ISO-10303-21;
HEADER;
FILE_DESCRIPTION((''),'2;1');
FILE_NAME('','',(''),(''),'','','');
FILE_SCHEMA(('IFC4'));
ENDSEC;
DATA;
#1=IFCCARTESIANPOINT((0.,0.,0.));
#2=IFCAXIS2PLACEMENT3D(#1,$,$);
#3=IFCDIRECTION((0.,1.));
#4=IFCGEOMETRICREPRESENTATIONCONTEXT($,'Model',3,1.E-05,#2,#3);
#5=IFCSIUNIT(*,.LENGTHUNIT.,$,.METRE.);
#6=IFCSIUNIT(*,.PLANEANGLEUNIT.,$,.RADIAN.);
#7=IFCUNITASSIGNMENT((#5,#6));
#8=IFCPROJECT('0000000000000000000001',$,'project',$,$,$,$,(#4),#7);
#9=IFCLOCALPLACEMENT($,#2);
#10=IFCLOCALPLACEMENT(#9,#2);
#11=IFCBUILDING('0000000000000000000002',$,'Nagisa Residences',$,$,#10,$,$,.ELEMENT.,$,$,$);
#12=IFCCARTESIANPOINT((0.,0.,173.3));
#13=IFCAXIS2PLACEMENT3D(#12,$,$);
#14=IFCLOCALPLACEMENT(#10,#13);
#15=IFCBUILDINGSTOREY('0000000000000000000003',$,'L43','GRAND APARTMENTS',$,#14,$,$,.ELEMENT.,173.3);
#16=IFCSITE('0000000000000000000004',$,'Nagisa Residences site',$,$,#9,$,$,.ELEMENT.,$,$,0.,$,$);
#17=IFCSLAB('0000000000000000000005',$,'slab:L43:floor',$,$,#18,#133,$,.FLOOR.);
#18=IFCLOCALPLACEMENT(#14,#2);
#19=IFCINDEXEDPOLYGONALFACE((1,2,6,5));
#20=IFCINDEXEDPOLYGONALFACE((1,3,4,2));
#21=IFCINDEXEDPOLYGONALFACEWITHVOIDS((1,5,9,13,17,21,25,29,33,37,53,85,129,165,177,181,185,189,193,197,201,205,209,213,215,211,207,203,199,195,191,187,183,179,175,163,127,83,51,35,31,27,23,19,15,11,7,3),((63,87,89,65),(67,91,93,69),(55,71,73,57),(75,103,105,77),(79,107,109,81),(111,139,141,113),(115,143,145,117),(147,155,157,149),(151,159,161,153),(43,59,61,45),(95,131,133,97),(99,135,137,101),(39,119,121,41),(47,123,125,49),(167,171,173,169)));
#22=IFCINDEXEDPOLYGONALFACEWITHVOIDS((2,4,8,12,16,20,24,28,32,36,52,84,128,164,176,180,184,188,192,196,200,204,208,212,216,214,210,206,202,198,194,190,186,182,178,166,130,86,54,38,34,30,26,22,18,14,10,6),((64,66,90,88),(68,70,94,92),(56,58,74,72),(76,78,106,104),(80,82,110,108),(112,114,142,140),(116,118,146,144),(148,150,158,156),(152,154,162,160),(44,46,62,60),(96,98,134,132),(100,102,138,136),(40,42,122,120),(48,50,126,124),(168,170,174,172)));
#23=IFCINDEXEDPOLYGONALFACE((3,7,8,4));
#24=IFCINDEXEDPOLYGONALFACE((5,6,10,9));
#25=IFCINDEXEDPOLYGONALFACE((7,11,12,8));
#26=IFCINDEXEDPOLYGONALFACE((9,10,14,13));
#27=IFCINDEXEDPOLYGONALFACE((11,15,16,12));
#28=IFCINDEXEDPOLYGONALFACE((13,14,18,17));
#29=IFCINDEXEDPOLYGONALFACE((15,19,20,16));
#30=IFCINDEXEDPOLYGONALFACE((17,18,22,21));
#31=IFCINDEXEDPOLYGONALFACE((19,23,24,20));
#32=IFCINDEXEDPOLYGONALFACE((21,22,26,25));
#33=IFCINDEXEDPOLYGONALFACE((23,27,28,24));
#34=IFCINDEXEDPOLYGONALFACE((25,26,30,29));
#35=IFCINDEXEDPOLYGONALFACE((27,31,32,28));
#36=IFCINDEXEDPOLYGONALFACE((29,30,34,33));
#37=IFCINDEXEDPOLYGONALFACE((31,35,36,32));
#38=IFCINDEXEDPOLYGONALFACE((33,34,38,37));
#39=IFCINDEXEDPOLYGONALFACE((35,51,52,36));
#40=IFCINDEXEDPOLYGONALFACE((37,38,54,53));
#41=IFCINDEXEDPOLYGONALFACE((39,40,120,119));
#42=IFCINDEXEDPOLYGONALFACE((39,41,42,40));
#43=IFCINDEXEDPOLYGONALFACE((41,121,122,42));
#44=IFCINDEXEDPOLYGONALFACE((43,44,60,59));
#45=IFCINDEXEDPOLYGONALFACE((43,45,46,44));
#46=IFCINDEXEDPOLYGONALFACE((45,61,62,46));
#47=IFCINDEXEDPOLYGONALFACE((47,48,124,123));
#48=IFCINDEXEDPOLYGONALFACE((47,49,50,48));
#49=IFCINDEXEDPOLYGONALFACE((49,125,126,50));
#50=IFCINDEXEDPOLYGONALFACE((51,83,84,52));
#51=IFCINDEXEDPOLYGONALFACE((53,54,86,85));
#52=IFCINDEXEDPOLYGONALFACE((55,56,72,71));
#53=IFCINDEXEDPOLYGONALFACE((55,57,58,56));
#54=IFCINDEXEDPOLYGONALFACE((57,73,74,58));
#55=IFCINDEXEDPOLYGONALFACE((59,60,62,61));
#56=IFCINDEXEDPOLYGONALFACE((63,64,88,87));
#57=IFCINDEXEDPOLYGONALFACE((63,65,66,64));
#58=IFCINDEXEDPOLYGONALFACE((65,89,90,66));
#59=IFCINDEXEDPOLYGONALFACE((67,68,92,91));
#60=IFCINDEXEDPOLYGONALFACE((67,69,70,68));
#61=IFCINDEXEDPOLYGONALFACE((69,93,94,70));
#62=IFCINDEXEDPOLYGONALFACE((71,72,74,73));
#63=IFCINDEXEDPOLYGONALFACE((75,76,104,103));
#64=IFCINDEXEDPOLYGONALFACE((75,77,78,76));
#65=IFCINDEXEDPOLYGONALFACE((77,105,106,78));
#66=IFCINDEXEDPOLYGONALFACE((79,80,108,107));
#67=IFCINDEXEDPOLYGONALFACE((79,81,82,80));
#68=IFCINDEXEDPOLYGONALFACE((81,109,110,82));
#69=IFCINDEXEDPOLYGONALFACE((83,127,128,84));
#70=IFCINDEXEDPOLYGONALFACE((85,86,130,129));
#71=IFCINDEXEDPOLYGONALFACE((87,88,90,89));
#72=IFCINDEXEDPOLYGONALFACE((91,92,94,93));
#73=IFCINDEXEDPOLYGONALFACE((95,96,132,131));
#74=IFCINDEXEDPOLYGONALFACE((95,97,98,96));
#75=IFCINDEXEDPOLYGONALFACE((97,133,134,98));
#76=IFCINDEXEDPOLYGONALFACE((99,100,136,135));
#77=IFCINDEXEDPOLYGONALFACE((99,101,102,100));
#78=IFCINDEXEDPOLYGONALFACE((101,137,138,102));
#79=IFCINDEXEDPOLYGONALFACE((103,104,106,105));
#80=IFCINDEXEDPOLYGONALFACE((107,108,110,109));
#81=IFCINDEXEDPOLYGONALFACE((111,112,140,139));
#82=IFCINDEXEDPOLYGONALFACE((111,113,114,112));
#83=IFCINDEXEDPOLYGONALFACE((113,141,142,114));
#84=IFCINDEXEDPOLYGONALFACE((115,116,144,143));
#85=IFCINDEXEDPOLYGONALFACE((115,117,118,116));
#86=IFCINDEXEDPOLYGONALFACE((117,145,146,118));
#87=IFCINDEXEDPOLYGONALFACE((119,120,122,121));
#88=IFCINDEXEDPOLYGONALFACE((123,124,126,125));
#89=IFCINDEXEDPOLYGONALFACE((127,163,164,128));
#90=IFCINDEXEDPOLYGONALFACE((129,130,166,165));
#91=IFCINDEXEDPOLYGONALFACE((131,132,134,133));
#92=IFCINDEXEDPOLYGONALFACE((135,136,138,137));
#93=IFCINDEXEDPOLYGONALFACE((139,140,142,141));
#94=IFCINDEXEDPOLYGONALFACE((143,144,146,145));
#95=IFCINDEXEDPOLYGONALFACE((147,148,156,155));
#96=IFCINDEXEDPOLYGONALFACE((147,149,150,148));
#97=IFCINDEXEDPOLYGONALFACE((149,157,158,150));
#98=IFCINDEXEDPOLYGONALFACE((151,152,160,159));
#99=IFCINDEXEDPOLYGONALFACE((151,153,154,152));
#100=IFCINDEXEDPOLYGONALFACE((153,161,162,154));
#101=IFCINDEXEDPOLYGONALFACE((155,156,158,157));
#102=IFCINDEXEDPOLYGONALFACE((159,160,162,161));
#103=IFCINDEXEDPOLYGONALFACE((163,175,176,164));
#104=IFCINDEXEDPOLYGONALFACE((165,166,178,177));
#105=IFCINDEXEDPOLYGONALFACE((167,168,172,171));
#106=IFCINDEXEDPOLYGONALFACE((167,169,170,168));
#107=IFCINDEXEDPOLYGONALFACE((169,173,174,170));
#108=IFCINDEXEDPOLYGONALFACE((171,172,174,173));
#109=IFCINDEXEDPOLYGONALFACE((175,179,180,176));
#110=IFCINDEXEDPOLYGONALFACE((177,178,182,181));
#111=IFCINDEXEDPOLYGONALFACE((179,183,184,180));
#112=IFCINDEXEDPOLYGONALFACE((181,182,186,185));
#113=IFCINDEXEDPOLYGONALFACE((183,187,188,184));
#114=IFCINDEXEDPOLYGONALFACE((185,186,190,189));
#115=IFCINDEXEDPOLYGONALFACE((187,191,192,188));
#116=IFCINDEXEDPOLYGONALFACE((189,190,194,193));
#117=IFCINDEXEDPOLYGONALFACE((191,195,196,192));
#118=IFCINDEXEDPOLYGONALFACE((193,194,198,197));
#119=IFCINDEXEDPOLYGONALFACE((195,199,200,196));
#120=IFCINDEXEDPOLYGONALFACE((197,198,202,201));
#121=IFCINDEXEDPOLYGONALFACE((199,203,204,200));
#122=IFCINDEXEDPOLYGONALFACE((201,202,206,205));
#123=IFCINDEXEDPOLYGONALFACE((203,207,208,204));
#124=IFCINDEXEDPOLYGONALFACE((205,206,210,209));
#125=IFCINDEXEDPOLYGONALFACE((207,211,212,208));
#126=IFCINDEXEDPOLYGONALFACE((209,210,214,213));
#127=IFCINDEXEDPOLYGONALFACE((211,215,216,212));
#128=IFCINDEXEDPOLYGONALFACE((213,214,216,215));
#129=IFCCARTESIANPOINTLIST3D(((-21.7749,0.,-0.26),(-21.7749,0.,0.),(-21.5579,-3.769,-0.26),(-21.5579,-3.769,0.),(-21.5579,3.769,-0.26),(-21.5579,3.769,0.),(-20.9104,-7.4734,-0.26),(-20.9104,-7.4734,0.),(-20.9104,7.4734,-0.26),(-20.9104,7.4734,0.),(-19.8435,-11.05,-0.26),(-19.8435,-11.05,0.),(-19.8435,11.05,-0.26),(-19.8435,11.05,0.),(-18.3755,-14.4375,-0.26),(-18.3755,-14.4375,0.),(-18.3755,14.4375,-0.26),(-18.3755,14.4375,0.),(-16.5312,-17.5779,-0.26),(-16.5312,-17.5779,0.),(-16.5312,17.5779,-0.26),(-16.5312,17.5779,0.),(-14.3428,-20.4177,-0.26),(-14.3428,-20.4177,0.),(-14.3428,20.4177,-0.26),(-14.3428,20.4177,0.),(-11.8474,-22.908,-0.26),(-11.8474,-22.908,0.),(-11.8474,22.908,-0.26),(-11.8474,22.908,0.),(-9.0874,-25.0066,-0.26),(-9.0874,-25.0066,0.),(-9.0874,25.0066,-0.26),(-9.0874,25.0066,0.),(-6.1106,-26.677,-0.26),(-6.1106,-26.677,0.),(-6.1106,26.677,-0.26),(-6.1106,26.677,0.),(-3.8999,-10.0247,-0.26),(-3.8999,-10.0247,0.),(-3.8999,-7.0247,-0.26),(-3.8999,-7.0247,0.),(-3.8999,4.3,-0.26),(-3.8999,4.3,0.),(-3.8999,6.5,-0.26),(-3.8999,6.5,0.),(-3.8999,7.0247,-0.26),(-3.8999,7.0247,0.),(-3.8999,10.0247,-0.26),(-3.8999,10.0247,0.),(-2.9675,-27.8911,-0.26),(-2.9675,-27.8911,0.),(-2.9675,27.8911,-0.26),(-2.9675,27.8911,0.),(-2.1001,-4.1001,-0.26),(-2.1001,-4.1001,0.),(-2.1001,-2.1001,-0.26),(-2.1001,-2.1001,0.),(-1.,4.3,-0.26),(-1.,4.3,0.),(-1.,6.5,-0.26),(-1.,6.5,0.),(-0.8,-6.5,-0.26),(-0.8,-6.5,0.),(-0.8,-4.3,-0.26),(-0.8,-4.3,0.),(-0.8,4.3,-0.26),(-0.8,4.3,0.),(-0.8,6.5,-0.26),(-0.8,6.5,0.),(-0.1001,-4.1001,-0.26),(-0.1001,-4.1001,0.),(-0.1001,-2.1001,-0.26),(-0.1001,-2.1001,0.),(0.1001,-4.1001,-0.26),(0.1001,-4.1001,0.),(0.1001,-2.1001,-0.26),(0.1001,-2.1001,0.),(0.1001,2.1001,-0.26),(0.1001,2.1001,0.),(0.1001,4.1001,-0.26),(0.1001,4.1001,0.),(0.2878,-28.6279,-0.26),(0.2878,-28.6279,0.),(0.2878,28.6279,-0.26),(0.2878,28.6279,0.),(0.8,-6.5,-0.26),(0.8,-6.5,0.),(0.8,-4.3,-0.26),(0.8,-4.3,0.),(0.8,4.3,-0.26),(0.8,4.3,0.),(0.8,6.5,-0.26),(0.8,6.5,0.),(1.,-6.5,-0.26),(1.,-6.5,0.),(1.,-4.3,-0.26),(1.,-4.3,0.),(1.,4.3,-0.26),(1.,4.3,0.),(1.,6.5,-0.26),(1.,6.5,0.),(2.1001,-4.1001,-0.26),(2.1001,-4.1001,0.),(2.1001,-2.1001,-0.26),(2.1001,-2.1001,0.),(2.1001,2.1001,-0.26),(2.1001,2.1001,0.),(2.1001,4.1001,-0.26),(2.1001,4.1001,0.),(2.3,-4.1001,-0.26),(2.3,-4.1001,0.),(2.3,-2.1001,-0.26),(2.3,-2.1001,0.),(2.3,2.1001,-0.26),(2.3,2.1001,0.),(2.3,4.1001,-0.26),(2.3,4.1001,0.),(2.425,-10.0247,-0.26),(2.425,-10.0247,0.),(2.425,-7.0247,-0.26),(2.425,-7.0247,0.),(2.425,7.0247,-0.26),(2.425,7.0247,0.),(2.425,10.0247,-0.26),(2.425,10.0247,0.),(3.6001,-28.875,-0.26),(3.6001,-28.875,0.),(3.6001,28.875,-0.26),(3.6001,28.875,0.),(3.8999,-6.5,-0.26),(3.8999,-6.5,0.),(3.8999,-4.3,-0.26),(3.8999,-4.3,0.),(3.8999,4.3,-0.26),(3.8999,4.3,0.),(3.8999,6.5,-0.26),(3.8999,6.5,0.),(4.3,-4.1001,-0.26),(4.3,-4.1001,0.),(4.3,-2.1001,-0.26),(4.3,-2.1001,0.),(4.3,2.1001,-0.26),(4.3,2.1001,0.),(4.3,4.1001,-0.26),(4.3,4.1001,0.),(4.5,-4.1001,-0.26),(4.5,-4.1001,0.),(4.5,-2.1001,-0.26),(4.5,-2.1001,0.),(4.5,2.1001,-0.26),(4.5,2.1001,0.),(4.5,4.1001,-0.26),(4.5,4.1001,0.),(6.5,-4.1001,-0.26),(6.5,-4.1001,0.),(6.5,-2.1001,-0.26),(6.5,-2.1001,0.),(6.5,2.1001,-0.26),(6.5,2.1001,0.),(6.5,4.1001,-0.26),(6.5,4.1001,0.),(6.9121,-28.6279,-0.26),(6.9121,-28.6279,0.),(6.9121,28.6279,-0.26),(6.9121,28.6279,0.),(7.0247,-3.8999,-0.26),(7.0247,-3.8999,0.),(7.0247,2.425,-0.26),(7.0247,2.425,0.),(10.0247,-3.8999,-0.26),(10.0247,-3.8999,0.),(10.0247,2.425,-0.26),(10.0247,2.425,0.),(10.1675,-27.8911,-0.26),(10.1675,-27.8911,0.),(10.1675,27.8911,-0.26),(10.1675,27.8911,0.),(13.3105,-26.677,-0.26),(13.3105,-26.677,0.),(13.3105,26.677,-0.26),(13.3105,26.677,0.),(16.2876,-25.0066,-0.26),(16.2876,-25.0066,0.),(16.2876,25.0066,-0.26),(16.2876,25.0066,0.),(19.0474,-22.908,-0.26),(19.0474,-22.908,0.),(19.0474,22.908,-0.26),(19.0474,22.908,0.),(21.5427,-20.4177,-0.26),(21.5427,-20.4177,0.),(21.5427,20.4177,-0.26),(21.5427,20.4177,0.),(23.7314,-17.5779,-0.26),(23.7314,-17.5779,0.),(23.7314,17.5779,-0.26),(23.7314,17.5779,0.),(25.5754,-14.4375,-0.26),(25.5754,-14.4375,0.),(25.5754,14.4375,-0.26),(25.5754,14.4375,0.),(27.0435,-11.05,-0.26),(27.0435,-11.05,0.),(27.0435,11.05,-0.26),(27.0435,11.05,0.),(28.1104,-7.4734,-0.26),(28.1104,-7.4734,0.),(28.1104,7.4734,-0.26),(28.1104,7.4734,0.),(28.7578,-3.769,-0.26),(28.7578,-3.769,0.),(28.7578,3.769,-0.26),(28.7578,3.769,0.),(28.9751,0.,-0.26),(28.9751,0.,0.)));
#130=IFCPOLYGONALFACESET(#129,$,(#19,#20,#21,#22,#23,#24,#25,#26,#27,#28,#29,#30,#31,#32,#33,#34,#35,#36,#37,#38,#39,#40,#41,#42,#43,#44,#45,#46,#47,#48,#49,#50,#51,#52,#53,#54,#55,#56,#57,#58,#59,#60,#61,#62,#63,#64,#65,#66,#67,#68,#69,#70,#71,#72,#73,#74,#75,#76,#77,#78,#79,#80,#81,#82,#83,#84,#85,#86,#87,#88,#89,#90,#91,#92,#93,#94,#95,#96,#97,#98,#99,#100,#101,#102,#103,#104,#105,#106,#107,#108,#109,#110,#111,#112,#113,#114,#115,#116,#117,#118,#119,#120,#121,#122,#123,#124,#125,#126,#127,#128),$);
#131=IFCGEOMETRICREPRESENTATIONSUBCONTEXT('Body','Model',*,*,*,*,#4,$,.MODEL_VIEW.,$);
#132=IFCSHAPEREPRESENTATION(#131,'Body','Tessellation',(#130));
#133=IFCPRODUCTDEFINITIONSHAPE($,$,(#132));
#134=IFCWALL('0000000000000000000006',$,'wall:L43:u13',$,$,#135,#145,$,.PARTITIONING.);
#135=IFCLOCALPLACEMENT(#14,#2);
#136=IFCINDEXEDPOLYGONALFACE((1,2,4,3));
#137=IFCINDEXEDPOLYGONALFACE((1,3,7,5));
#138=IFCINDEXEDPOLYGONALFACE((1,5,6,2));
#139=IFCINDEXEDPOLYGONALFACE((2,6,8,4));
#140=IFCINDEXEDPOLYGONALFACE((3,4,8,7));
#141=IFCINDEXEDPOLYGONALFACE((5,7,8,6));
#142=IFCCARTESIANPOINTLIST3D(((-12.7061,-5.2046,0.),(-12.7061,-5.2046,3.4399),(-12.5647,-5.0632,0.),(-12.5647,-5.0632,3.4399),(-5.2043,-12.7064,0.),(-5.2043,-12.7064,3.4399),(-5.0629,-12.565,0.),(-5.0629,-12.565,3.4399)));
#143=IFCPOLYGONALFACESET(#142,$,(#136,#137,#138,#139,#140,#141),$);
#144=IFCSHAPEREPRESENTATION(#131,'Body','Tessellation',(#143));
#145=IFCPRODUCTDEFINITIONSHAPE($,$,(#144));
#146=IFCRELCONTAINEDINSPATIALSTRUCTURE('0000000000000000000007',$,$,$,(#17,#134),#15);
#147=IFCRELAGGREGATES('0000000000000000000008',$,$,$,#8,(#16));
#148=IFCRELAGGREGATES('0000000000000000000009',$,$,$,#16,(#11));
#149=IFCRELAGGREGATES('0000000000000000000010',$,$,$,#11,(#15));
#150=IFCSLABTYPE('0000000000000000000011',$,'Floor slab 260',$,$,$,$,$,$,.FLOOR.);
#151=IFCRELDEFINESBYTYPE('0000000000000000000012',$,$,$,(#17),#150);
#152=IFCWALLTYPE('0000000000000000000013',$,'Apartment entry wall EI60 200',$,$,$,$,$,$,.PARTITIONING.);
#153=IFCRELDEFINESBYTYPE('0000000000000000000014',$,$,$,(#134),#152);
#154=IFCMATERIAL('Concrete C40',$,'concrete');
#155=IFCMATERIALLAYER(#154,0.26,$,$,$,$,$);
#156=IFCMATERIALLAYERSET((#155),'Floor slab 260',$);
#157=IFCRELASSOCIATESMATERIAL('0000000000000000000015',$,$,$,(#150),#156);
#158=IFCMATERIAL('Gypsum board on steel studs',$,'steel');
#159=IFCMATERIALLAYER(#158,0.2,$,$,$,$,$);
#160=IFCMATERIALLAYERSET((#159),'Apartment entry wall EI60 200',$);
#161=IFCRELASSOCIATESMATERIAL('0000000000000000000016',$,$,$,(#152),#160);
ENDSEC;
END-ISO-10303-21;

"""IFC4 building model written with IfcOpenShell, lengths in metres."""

from ifc_helpers import new_model, si_unit, direction, frame, frame_2d, origin, place, context, subcontext, project, spatial, polyline, rectangle, outline, extrude, material, layer, layer_set, type_object, element, save


model = new_model("IFC4")

# Units and contexts
model_context = context("Model", 3, precision=1e-05, world=origin(), true_north=direction((0.0, 1.0)))
body_context = subcontext(model_context, "Body", "Model", "MODEL_VIEW")
ifc_project = project(units=[si_unit("LENGTHUNIT", "METRE"), si_unit("PLANEANGLEUNIT", "RADIAN")], contexts=[model_context])

# Site, building, storey
site_placement = place(None, origin())
site = spatial("IfcSite", under=ifc_project, at=site_placement, Name="Nagisa Residences site", CompositionType="ELEMENT", RefElevation=0.0)
building_placement = place(site_placement, origin())
building = spatial("IfcBuilding", under=site, at=building_placement, Name="Nagisa Residences", CompositionType="ELEMENT")
storey_placement = place(building_placement, frame((0.0, 0.0, 173.3)))
storey = spatial("IfcBuildingStorey", under=building, at=storey_placement, Name="L43", Description="GRAND APARTMENTS", CompositionType="ELEMENT", Elevation=173.3)

# Slab
ifc_material_1 = material(Name="Concrete C40", Category="concrete")
ifc_layer_1 = layer(ifc_material_1, 0.26)
ifc_layer_set_1 = layer_set([ifc_layer_1], Name="Floor slab 260")
slab_type_1 = type_object("IfcSlabType", Name="Floor slab 260", PredefinedType="FLOOR", material=ifc_layer_set_1)
slab_1_placement = place(storey_placement, frame((0.0, 0.0, -0.26)))
element("IfcSlab", 1, at=slab_1_placement, inside=storey, type_object=slab_type_1, Name="slab:L43:floor", PredefinedType="FLOOR", context=body_context, shape_type="SweptSolid", body=[
    extrude(outline(polyline([(28.9751, 0.0), (28.7578, 3.769), (28.1104, 7.4734), (27.0435, 11.05), (25.5754, 14.4375), (23.7314, 17.5779), (21.5427, 20.4177), (19.0474, 22.908), (16.2876, 25.0066), (13.3105, 26.677), (10.1675, 27.8911), (6.9121, 28.6279), (3.6001, 28.875), (0.2878, 28.6279), (-2.9675, 27.8911), (-6.1106, 26.677), (-9.0874, 25.0066), (-11.8474, 22.908), (-14.3428, 20.4177), (-16.5312, 17.5779), (-18.3755, 14.4375), (-19.8435, 11.05), (-20.9104, 7.4734), (-21.5579, 3.769), (-21.7749, 0.0), (-21.5579, -3.769), (-20.9104, -7.4734), (-19.8435, -11.05), (-18.3755, -14.4375), (-16.5312, -17.5779), (-14.3428, -20.4177), (-11.8474, -22.908), (-9.0874, -25.0066), (-6.1106, -26.677), (-2.9675, -27.8911), (0.2878, -28.6279), (3.6001, -28.875), (6.9121, -28.6279), (10.1675, -27.8911), (13.3105, -26.677), (16.2876, -25.0066), (19.0474, -22.908), (21.5427, -20.4177), (23.7314, -17.5779), (25.5754, -14.4375), (27.0435, -11.05), (28.1104, -7.4734), (28.7578, -3.769), (28.9751, 0.0)]), holes=[polyline([(2.1001, 2.1001), (2.1001, 4.1001), (0.1001, 4.1001), (0.1001, 2.1001), (2.1001, 2.1001)]), polyline([(4.3, 2.1001), (4.3, 4.1001), (2.3, 4.1001), (2.3, 2.1001), (4.3, 2.1001)]), polyline([(6.5, 2.1001), (6.5, 4.1001), (4.5, 4.1001), (4.5, 2.1001), (6.5, 2.1001)]), polyline([(-0.1001, -4.1001), (-0.1001, -2.1001), (-2.1001, -2.1001), (-2.1001, -4.1001), (-0.1001, -4.1001)]), polyline([(2.1001, -4.1001), (2.1001, -2.1001), (0.1001, -2.1001), (0.1001, -4.1001), (2.1001, -4.1001)]), polyline([(4.3, -4.1001), (4.3, -2.1001), (2.3, -2.1001), (2.3, -4.1001), (4.3, -4.1001)]), polyline([(6.5, -4.1001), (6.5, -2.1001), (4.5, -2.1001), (4.5, -4.1001), (6.5, -4.1001)]), polyline([(3.8999, 4.3), (3.8999, 6.5), (1.0, 6.5), (1.0, 4.3), (3.8999, 4.3)]), polyline([(3.8999, -6.5), (3.8999, -4.3), (1.0, -4.3), (1.0, -6.5), (3.8999, -6.5)]), polyline([(-1.0, 4.3), (-1.0, 6.5), (-3.8999, 6.5), (-3.8999, 4.3), (-1.0, 4.3)]), polyline([(0.8, 4.3), (0.8, 6.5), (-0.8, 6.5), (-0.8, 4.3), (0.8, 4.3)]), polyline([(0.8, -6.5), (0.8, -4.3), (-0.8, -4.3), (-0.8, -6.5), (0.8, -6.5)]), polyline([(10.0247, -3.8999), (7.0247, -3.8999), (7.0247, 2.425), (10.0247, 2.425), (10.0247, -3.8999)]), polyline([(-3.8999, 7.0247), (-3.8999, 10.0247), (2.425, 10.0247), (2.425, 7.0247), (-3.8999, 7.0247)]), polyline([(-3.8999, -10.0247), (-3.8999, -7.0247), (2.425, -7.0247), (2.425, -10.0247), (-3.8999, -10.0247)])]), origin(), (0.0, 0.0, 1.0), 0.26),
])

# Wall
ifc_material_2 = material(Name="Gypsum board on steel studs", Category="steel")
ifc_layer_2 = layer(ifc_material_2, 0.2)
ifc_layer_set_2 = layer_set([ifc_layer_2], Name="Apartment entry wall EI60 200")
wall_type_1 = type_object("IfcWallType", Name="Apartment entry wall EI60 200", PredefinedType="PARTITIONING", material=ifc_layer_set_2)
wall_1_placement = place(storey_placement, frame((-12.6355, -5.1338, 0.0), z_axis=(0.0, 0.0, 1.0), x_axis=(0.707107, -0.707107, 0.0)))
element("IfcWall", 2, at=wall_1_placement, inside=storey, type_object=wall_type_1, Name="wall:L43:u13", PredefinedType="PARTITIONING", context=body_context, shape_type="SweptSolid", body=[
    extrude(rectangle(XDim=10.6091, YDim=0.2, at=frame_2d((5.3047, 0.0))), origin(), (0.0, 0.0, 1.0), 3.4399),
])

save(model, "model.ifc")
